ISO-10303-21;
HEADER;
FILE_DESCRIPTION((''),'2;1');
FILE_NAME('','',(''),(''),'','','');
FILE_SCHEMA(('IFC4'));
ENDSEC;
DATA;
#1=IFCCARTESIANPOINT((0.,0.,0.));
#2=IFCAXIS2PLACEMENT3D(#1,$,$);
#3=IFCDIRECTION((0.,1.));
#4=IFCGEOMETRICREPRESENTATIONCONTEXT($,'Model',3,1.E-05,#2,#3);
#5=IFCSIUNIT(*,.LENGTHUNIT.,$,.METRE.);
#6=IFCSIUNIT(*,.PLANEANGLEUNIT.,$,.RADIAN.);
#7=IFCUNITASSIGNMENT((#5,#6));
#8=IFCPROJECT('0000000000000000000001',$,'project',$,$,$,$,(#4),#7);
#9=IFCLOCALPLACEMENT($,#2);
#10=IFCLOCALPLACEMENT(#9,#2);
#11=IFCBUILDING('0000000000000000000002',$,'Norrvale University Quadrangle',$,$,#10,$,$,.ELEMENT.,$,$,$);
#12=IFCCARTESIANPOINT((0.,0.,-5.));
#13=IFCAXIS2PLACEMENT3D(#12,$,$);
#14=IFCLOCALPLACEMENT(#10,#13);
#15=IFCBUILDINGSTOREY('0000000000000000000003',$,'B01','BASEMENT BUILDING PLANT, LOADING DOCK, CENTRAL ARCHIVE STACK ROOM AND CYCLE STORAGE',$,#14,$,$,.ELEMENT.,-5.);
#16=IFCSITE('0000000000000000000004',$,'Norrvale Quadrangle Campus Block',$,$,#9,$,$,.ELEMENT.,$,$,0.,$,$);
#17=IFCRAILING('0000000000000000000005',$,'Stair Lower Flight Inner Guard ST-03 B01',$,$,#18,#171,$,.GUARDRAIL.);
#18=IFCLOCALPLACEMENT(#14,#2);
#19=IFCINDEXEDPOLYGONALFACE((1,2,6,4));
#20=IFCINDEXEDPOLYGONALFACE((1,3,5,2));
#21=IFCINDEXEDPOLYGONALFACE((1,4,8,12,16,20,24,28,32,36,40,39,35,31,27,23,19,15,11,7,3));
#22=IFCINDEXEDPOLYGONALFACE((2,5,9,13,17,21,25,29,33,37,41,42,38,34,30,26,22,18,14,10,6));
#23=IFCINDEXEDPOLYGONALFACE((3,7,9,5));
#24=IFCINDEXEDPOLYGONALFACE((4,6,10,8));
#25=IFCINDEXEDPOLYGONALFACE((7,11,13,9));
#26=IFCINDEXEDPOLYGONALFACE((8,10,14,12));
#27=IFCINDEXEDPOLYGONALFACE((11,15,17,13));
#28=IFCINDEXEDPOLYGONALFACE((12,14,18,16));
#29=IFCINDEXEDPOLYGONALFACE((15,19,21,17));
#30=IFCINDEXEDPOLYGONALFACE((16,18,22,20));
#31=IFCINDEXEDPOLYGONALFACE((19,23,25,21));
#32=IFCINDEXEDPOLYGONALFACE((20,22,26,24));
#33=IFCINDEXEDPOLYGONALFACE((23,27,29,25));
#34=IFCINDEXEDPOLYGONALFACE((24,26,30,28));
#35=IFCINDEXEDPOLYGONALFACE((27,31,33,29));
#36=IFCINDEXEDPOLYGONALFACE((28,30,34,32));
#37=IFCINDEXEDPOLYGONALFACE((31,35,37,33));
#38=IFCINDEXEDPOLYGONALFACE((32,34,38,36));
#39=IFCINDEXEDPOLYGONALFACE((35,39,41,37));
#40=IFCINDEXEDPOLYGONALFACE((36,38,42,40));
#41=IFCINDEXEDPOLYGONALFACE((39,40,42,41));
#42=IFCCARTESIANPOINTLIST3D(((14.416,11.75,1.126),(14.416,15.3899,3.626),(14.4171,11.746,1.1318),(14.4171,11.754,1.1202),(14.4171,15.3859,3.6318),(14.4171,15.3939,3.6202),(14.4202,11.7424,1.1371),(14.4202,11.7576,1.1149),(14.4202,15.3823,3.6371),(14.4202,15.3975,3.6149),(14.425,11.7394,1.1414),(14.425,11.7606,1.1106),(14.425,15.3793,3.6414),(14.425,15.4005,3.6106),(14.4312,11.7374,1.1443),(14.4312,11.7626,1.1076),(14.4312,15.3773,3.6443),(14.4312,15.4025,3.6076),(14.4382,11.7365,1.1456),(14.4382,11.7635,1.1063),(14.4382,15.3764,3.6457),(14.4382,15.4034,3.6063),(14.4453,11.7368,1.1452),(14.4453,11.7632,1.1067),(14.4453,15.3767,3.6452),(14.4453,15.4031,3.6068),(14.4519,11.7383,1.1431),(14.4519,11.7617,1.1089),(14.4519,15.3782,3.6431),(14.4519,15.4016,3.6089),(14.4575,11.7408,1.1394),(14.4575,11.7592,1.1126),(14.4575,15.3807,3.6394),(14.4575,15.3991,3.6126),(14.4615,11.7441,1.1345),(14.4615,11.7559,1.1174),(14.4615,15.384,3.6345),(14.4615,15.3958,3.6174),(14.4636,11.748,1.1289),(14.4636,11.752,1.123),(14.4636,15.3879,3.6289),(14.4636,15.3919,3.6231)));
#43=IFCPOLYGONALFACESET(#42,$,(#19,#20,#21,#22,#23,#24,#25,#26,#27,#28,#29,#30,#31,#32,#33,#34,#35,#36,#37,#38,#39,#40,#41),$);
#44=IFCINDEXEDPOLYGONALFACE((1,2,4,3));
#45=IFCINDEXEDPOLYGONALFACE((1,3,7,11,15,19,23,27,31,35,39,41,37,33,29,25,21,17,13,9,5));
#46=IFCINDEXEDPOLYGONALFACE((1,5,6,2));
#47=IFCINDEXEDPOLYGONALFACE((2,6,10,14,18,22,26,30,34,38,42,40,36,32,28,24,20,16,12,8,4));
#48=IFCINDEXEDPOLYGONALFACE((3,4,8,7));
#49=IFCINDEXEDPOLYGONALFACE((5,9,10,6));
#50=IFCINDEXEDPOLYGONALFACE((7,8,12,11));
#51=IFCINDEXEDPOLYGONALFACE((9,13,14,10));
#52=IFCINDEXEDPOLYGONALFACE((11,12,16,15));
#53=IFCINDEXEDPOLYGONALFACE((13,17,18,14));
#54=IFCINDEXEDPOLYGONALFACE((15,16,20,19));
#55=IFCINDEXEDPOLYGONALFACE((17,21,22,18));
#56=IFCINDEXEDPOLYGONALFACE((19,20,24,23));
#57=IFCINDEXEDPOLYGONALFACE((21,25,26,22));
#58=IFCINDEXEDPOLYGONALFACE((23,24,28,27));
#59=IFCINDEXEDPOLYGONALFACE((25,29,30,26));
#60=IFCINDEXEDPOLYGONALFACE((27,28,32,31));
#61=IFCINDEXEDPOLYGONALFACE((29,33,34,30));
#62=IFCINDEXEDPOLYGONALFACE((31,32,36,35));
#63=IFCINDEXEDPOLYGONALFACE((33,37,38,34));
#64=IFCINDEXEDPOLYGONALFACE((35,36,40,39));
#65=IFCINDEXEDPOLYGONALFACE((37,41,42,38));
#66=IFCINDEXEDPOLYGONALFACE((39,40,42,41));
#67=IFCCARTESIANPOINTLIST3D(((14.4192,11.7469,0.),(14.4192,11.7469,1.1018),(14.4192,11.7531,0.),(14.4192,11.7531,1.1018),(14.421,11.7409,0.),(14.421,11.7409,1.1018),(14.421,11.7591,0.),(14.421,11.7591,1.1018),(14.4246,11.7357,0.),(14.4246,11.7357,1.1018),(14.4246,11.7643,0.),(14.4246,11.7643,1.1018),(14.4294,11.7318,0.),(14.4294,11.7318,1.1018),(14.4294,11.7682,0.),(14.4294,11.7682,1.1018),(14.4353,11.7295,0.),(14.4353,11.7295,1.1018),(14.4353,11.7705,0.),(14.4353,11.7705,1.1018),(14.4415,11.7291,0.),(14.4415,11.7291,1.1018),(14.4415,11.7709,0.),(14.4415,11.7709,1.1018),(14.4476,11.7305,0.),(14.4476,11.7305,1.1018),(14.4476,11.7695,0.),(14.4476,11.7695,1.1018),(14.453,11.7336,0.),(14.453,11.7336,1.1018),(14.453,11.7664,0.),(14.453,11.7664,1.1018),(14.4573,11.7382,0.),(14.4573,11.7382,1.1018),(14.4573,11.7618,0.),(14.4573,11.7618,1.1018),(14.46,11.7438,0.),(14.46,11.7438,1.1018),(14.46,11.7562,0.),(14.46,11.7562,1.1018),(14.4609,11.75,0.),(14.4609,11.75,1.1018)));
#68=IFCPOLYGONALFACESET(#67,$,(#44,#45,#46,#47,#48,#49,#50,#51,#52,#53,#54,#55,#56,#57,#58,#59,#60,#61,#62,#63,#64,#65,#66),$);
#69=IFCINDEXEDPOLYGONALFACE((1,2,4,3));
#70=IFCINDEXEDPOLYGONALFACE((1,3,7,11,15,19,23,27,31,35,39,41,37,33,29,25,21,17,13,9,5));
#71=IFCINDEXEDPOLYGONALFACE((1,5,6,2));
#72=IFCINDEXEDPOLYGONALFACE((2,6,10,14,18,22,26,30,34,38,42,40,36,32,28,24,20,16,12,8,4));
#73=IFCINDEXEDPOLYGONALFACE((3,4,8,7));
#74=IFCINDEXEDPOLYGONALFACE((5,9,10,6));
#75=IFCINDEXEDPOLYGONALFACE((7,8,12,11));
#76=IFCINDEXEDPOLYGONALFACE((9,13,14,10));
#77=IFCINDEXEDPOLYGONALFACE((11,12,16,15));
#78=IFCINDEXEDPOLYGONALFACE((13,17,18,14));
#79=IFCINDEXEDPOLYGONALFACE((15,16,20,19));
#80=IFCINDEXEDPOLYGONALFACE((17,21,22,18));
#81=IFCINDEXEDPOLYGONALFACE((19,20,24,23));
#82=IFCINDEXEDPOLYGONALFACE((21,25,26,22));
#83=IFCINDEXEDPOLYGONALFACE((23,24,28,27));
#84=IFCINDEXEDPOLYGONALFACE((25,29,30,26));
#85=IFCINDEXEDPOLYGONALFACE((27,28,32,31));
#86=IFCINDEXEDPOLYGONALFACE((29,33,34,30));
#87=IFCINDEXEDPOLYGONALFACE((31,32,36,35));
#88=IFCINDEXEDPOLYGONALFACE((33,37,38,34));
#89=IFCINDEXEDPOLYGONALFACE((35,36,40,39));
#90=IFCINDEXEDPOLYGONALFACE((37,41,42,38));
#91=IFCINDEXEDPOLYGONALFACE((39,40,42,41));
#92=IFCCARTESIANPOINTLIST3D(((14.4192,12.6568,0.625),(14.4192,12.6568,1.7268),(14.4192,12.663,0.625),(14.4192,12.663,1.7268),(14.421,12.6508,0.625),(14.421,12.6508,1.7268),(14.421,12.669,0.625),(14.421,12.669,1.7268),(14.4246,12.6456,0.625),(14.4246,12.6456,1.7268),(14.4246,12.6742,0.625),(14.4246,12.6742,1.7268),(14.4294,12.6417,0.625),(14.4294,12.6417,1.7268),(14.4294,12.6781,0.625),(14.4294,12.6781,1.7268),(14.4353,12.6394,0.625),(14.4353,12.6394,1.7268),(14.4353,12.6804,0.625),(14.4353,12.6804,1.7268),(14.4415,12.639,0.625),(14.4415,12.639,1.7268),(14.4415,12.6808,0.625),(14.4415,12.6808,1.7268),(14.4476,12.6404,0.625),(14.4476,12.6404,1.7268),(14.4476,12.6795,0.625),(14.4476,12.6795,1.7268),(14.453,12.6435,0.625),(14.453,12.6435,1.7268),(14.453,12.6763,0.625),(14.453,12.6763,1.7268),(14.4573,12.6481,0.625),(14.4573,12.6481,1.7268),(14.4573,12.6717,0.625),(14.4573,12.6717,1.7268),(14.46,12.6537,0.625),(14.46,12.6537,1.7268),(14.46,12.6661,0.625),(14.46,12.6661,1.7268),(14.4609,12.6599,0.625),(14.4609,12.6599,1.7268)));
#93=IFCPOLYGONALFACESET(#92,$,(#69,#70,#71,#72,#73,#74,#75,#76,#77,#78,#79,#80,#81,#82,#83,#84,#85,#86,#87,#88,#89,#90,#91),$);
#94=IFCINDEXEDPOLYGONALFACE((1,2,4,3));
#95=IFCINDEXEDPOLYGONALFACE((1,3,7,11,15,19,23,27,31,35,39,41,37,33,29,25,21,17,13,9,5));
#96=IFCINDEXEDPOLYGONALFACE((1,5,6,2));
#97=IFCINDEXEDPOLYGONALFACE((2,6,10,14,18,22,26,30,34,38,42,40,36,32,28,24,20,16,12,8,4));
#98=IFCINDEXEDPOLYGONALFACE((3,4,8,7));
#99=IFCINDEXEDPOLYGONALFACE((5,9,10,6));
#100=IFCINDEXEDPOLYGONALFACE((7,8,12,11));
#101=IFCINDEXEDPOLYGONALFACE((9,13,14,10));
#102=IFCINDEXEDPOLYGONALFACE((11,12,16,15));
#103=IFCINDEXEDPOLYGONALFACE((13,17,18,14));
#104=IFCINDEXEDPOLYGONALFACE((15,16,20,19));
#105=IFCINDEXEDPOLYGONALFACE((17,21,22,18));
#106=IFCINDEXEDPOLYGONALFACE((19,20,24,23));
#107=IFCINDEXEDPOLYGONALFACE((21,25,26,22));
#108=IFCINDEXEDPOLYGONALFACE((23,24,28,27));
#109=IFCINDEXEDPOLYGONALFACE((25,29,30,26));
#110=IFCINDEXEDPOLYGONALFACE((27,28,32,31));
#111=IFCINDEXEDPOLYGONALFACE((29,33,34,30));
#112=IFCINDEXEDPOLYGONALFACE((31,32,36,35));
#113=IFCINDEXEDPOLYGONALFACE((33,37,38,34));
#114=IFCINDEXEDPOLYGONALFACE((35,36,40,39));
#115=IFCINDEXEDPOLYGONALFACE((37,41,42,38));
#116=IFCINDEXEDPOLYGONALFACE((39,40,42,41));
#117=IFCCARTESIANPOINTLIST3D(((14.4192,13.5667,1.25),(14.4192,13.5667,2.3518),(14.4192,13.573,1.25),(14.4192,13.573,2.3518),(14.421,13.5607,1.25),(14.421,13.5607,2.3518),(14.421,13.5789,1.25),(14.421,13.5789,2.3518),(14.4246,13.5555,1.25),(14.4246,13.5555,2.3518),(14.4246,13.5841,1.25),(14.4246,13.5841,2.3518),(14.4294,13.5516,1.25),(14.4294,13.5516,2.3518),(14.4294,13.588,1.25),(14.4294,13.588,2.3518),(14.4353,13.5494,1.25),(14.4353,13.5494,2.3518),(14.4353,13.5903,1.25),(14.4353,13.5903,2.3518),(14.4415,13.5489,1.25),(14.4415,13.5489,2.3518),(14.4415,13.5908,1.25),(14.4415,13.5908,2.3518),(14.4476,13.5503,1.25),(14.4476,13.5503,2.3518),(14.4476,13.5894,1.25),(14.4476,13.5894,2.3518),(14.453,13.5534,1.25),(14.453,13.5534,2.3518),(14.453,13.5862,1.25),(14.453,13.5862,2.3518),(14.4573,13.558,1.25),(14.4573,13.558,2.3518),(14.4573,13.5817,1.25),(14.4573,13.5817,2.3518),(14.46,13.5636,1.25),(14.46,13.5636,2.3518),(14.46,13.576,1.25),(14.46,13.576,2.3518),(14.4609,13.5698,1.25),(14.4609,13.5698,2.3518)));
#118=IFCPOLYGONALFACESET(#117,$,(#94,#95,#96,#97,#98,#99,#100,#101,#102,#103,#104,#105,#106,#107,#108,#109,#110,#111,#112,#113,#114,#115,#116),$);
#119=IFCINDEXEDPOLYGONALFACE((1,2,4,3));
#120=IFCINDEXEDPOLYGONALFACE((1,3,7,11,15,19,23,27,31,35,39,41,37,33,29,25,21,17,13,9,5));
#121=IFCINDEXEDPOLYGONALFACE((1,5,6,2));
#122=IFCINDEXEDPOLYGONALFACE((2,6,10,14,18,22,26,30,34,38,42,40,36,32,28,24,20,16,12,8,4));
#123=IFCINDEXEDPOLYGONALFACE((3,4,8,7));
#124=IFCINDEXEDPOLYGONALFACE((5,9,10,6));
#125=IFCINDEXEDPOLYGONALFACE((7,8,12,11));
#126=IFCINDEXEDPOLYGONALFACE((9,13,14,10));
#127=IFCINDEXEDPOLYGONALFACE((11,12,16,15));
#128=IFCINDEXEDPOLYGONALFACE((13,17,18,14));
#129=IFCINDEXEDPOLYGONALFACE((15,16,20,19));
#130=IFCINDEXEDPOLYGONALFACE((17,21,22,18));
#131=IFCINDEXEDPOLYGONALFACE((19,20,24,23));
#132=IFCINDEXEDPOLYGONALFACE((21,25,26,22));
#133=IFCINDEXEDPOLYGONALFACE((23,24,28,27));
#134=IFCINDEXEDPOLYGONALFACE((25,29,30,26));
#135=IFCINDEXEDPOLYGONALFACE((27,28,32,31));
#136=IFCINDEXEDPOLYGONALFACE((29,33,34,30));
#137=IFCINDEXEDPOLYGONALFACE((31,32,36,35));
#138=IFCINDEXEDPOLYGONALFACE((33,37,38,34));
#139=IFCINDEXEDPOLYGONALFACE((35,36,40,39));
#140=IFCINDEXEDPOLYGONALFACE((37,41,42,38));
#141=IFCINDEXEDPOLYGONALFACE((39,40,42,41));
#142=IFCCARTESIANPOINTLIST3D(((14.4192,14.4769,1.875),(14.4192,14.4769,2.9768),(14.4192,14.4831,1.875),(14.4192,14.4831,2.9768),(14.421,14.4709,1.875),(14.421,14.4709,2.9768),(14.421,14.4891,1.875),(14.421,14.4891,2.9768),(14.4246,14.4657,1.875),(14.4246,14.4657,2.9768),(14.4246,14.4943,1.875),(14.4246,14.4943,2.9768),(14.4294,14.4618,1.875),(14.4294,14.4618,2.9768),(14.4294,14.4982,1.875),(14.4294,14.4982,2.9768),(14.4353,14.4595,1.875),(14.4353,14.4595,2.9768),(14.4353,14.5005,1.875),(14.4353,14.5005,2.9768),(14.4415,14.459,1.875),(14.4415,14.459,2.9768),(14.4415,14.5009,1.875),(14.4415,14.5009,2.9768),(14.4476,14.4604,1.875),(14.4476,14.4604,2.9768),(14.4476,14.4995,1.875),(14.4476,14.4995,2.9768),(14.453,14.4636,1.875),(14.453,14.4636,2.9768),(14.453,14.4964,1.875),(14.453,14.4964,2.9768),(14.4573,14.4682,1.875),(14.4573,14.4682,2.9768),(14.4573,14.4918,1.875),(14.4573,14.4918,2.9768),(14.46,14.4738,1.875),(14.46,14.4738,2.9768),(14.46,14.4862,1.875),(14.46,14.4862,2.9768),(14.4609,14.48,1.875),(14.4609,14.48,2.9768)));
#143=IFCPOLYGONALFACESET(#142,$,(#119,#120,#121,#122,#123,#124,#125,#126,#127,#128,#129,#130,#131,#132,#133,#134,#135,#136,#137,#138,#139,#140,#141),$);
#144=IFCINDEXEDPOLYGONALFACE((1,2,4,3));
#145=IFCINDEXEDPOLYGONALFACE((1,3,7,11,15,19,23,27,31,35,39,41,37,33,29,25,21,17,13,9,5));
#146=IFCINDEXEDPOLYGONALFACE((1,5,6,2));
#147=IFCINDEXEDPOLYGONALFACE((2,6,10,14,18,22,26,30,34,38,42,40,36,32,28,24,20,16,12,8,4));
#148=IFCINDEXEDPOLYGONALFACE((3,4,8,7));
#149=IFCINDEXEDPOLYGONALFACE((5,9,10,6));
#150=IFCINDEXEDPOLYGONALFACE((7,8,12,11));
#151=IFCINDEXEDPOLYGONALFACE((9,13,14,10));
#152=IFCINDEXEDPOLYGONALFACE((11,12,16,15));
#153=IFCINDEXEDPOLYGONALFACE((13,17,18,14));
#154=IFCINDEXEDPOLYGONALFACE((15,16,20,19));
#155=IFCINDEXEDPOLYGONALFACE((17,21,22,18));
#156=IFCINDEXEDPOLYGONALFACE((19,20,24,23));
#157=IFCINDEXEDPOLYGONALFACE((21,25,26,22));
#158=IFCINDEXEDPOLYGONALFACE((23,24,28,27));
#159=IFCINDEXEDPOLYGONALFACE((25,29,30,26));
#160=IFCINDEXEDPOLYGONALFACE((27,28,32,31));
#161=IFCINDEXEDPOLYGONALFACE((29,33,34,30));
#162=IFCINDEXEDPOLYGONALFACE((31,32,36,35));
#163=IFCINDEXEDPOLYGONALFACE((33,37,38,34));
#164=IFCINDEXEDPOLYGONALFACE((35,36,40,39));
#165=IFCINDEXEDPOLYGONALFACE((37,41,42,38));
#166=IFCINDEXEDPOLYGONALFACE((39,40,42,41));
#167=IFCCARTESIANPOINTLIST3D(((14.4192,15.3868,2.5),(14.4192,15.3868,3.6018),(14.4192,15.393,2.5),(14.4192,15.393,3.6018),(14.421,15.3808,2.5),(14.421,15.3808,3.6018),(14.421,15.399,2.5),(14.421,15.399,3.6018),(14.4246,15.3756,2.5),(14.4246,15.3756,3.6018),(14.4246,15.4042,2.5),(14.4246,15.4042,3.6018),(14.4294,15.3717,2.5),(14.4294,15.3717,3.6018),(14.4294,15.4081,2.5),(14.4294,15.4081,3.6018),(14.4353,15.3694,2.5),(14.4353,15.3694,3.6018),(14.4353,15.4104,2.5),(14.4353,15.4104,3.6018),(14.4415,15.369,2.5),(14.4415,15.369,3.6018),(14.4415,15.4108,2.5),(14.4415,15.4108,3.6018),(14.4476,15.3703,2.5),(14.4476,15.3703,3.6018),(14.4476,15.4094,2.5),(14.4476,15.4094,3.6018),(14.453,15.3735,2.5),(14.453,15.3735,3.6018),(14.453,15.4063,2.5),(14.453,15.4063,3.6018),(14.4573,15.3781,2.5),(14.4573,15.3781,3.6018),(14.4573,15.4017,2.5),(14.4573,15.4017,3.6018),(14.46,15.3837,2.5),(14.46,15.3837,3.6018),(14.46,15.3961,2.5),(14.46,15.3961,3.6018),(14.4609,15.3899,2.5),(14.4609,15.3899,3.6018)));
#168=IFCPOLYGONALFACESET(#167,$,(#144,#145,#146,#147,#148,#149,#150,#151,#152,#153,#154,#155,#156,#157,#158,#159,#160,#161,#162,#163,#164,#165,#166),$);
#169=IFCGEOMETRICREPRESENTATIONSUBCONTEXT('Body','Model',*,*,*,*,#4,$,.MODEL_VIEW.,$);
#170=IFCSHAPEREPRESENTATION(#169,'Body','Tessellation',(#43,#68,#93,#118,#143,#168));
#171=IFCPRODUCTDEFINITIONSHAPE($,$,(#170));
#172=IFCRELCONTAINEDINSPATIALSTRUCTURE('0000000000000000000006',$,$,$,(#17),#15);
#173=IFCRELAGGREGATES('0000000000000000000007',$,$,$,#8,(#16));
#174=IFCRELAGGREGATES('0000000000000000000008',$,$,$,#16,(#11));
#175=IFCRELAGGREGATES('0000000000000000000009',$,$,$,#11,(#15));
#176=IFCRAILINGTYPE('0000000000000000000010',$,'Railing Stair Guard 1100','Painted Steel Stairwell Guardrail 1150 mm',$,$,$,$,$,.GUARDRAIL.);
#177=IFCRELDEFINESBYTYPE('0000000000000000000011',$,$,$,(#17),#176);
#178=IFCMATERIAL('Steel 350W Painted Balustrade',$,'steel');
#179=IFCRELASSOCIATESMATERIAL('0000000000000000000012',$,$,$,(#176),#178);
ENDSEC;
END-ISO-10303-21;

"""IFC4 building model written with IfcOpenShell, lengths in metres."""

from ifc_helpers import new_model, si_unit, direction, frame, origin, origin_2d, place, context, subcontext, project, spatial, circle, extrude, material, type_object, element, save


model = new_model("IFC4")

# Units and contexts
model_context = context("Model", 3, precision=1e-05, world=origin(), true_north=direction((0.0, 1.0)))
body_context = subcontext(model_context, "Body", "Model", "MODEL_VIEW")
ifc_project = project(units=[si_unit("LENGTHUNIT", "METRE"), si_unit("PLANEANGLEUNIT", "RADIAN")], contexts=[model_context])

# Site, building, storey
site_placement = place(None, origin())
site = spatial("IfcSite", under=ifc_project, at=site_placement, Name="Norrvale Quadrangle Campus Block", CompositionType="ELEMENT", RefElevation=0.0)
building_placement = place(site_placement, origin())
building = spatial("IfcBuilding", under=site, at=building_placement, Name="Norrvale University Quadrangle", CompositionType="ELEMENT")
storey_placement = place(building_placement, frame((0.0, 0.0, -5.0)))
storey = spatial("IfcBuildingStorey", under=building, at=storey_placement, Name="B01", Description="BASEMENT BUILDING PLANT, LOADING DOCK, CENTRAL ARCHIVE STACK ROOM AND CYCLE STORAGE", CompositionType="ELEMENT", Elevation=-5.0)

# Railing
ifc_material_1 = material(Name="Steel 350W Painted Balustrade", Category="steel")
railing_type_1 = type_object("IfcRailingType", Name="Railing Stair Guard 1100", Description="Painted Steel Stairwell Guardrail 1150 mm", PredefinedType="GUARDRAIL", material=ifc_material_1)
railing_1_placement = place(storey_placement, frame((14.4399, 11.75, 0.0)))
element("IfcRailing", 1, at=railing_1_placement, inside=storey, type_object=railing_type_1, Name="Stair Lower Flight Inner Guard ST-03 B01", PredefinedType="GUARDRAIL", context=body_context, shape_type="SweptSolid", body=[
    extrude(circle(Radius=0.0239, at=origin_2d()), frame((0.0, 0.0, 1.126), z_axis=(0.0, 0.824298, 0.566156), x_axis=(-1.0, 0.0, 0.0)), (0.0, 0.0, 1.0), 4.4158),
    extrude(circle(Radius=0.021, at=origin_2d()), origin(), (0.0, 0.0, 1.0), 1.1018),
    extrude(circle(Radius=0.021, at=origin_2d()), frame((0.0, 0.9099, 0.625)), (0.0, 0.0, 1.0), 1.1018),
    extrude(circle(Radius=0.021, at=origin_2d()), frame((0.0, 1.8198, 1.25)), (0.0, 0.0, 1.0), 1.1018),
    extrude(circle(Radius=0.021, at=origin_2d()), frame((0.0, 2.73, 1.875)), (0.0, 0.0, 1.0), 1.1018),
    extrude(circle(Radius=0.021, at=origin_2d()), frame((0.0, 3.6399, 2.5)), (0.0, 0.0, 1.0), 1.1018),
])

save(model, "model.ifc")
